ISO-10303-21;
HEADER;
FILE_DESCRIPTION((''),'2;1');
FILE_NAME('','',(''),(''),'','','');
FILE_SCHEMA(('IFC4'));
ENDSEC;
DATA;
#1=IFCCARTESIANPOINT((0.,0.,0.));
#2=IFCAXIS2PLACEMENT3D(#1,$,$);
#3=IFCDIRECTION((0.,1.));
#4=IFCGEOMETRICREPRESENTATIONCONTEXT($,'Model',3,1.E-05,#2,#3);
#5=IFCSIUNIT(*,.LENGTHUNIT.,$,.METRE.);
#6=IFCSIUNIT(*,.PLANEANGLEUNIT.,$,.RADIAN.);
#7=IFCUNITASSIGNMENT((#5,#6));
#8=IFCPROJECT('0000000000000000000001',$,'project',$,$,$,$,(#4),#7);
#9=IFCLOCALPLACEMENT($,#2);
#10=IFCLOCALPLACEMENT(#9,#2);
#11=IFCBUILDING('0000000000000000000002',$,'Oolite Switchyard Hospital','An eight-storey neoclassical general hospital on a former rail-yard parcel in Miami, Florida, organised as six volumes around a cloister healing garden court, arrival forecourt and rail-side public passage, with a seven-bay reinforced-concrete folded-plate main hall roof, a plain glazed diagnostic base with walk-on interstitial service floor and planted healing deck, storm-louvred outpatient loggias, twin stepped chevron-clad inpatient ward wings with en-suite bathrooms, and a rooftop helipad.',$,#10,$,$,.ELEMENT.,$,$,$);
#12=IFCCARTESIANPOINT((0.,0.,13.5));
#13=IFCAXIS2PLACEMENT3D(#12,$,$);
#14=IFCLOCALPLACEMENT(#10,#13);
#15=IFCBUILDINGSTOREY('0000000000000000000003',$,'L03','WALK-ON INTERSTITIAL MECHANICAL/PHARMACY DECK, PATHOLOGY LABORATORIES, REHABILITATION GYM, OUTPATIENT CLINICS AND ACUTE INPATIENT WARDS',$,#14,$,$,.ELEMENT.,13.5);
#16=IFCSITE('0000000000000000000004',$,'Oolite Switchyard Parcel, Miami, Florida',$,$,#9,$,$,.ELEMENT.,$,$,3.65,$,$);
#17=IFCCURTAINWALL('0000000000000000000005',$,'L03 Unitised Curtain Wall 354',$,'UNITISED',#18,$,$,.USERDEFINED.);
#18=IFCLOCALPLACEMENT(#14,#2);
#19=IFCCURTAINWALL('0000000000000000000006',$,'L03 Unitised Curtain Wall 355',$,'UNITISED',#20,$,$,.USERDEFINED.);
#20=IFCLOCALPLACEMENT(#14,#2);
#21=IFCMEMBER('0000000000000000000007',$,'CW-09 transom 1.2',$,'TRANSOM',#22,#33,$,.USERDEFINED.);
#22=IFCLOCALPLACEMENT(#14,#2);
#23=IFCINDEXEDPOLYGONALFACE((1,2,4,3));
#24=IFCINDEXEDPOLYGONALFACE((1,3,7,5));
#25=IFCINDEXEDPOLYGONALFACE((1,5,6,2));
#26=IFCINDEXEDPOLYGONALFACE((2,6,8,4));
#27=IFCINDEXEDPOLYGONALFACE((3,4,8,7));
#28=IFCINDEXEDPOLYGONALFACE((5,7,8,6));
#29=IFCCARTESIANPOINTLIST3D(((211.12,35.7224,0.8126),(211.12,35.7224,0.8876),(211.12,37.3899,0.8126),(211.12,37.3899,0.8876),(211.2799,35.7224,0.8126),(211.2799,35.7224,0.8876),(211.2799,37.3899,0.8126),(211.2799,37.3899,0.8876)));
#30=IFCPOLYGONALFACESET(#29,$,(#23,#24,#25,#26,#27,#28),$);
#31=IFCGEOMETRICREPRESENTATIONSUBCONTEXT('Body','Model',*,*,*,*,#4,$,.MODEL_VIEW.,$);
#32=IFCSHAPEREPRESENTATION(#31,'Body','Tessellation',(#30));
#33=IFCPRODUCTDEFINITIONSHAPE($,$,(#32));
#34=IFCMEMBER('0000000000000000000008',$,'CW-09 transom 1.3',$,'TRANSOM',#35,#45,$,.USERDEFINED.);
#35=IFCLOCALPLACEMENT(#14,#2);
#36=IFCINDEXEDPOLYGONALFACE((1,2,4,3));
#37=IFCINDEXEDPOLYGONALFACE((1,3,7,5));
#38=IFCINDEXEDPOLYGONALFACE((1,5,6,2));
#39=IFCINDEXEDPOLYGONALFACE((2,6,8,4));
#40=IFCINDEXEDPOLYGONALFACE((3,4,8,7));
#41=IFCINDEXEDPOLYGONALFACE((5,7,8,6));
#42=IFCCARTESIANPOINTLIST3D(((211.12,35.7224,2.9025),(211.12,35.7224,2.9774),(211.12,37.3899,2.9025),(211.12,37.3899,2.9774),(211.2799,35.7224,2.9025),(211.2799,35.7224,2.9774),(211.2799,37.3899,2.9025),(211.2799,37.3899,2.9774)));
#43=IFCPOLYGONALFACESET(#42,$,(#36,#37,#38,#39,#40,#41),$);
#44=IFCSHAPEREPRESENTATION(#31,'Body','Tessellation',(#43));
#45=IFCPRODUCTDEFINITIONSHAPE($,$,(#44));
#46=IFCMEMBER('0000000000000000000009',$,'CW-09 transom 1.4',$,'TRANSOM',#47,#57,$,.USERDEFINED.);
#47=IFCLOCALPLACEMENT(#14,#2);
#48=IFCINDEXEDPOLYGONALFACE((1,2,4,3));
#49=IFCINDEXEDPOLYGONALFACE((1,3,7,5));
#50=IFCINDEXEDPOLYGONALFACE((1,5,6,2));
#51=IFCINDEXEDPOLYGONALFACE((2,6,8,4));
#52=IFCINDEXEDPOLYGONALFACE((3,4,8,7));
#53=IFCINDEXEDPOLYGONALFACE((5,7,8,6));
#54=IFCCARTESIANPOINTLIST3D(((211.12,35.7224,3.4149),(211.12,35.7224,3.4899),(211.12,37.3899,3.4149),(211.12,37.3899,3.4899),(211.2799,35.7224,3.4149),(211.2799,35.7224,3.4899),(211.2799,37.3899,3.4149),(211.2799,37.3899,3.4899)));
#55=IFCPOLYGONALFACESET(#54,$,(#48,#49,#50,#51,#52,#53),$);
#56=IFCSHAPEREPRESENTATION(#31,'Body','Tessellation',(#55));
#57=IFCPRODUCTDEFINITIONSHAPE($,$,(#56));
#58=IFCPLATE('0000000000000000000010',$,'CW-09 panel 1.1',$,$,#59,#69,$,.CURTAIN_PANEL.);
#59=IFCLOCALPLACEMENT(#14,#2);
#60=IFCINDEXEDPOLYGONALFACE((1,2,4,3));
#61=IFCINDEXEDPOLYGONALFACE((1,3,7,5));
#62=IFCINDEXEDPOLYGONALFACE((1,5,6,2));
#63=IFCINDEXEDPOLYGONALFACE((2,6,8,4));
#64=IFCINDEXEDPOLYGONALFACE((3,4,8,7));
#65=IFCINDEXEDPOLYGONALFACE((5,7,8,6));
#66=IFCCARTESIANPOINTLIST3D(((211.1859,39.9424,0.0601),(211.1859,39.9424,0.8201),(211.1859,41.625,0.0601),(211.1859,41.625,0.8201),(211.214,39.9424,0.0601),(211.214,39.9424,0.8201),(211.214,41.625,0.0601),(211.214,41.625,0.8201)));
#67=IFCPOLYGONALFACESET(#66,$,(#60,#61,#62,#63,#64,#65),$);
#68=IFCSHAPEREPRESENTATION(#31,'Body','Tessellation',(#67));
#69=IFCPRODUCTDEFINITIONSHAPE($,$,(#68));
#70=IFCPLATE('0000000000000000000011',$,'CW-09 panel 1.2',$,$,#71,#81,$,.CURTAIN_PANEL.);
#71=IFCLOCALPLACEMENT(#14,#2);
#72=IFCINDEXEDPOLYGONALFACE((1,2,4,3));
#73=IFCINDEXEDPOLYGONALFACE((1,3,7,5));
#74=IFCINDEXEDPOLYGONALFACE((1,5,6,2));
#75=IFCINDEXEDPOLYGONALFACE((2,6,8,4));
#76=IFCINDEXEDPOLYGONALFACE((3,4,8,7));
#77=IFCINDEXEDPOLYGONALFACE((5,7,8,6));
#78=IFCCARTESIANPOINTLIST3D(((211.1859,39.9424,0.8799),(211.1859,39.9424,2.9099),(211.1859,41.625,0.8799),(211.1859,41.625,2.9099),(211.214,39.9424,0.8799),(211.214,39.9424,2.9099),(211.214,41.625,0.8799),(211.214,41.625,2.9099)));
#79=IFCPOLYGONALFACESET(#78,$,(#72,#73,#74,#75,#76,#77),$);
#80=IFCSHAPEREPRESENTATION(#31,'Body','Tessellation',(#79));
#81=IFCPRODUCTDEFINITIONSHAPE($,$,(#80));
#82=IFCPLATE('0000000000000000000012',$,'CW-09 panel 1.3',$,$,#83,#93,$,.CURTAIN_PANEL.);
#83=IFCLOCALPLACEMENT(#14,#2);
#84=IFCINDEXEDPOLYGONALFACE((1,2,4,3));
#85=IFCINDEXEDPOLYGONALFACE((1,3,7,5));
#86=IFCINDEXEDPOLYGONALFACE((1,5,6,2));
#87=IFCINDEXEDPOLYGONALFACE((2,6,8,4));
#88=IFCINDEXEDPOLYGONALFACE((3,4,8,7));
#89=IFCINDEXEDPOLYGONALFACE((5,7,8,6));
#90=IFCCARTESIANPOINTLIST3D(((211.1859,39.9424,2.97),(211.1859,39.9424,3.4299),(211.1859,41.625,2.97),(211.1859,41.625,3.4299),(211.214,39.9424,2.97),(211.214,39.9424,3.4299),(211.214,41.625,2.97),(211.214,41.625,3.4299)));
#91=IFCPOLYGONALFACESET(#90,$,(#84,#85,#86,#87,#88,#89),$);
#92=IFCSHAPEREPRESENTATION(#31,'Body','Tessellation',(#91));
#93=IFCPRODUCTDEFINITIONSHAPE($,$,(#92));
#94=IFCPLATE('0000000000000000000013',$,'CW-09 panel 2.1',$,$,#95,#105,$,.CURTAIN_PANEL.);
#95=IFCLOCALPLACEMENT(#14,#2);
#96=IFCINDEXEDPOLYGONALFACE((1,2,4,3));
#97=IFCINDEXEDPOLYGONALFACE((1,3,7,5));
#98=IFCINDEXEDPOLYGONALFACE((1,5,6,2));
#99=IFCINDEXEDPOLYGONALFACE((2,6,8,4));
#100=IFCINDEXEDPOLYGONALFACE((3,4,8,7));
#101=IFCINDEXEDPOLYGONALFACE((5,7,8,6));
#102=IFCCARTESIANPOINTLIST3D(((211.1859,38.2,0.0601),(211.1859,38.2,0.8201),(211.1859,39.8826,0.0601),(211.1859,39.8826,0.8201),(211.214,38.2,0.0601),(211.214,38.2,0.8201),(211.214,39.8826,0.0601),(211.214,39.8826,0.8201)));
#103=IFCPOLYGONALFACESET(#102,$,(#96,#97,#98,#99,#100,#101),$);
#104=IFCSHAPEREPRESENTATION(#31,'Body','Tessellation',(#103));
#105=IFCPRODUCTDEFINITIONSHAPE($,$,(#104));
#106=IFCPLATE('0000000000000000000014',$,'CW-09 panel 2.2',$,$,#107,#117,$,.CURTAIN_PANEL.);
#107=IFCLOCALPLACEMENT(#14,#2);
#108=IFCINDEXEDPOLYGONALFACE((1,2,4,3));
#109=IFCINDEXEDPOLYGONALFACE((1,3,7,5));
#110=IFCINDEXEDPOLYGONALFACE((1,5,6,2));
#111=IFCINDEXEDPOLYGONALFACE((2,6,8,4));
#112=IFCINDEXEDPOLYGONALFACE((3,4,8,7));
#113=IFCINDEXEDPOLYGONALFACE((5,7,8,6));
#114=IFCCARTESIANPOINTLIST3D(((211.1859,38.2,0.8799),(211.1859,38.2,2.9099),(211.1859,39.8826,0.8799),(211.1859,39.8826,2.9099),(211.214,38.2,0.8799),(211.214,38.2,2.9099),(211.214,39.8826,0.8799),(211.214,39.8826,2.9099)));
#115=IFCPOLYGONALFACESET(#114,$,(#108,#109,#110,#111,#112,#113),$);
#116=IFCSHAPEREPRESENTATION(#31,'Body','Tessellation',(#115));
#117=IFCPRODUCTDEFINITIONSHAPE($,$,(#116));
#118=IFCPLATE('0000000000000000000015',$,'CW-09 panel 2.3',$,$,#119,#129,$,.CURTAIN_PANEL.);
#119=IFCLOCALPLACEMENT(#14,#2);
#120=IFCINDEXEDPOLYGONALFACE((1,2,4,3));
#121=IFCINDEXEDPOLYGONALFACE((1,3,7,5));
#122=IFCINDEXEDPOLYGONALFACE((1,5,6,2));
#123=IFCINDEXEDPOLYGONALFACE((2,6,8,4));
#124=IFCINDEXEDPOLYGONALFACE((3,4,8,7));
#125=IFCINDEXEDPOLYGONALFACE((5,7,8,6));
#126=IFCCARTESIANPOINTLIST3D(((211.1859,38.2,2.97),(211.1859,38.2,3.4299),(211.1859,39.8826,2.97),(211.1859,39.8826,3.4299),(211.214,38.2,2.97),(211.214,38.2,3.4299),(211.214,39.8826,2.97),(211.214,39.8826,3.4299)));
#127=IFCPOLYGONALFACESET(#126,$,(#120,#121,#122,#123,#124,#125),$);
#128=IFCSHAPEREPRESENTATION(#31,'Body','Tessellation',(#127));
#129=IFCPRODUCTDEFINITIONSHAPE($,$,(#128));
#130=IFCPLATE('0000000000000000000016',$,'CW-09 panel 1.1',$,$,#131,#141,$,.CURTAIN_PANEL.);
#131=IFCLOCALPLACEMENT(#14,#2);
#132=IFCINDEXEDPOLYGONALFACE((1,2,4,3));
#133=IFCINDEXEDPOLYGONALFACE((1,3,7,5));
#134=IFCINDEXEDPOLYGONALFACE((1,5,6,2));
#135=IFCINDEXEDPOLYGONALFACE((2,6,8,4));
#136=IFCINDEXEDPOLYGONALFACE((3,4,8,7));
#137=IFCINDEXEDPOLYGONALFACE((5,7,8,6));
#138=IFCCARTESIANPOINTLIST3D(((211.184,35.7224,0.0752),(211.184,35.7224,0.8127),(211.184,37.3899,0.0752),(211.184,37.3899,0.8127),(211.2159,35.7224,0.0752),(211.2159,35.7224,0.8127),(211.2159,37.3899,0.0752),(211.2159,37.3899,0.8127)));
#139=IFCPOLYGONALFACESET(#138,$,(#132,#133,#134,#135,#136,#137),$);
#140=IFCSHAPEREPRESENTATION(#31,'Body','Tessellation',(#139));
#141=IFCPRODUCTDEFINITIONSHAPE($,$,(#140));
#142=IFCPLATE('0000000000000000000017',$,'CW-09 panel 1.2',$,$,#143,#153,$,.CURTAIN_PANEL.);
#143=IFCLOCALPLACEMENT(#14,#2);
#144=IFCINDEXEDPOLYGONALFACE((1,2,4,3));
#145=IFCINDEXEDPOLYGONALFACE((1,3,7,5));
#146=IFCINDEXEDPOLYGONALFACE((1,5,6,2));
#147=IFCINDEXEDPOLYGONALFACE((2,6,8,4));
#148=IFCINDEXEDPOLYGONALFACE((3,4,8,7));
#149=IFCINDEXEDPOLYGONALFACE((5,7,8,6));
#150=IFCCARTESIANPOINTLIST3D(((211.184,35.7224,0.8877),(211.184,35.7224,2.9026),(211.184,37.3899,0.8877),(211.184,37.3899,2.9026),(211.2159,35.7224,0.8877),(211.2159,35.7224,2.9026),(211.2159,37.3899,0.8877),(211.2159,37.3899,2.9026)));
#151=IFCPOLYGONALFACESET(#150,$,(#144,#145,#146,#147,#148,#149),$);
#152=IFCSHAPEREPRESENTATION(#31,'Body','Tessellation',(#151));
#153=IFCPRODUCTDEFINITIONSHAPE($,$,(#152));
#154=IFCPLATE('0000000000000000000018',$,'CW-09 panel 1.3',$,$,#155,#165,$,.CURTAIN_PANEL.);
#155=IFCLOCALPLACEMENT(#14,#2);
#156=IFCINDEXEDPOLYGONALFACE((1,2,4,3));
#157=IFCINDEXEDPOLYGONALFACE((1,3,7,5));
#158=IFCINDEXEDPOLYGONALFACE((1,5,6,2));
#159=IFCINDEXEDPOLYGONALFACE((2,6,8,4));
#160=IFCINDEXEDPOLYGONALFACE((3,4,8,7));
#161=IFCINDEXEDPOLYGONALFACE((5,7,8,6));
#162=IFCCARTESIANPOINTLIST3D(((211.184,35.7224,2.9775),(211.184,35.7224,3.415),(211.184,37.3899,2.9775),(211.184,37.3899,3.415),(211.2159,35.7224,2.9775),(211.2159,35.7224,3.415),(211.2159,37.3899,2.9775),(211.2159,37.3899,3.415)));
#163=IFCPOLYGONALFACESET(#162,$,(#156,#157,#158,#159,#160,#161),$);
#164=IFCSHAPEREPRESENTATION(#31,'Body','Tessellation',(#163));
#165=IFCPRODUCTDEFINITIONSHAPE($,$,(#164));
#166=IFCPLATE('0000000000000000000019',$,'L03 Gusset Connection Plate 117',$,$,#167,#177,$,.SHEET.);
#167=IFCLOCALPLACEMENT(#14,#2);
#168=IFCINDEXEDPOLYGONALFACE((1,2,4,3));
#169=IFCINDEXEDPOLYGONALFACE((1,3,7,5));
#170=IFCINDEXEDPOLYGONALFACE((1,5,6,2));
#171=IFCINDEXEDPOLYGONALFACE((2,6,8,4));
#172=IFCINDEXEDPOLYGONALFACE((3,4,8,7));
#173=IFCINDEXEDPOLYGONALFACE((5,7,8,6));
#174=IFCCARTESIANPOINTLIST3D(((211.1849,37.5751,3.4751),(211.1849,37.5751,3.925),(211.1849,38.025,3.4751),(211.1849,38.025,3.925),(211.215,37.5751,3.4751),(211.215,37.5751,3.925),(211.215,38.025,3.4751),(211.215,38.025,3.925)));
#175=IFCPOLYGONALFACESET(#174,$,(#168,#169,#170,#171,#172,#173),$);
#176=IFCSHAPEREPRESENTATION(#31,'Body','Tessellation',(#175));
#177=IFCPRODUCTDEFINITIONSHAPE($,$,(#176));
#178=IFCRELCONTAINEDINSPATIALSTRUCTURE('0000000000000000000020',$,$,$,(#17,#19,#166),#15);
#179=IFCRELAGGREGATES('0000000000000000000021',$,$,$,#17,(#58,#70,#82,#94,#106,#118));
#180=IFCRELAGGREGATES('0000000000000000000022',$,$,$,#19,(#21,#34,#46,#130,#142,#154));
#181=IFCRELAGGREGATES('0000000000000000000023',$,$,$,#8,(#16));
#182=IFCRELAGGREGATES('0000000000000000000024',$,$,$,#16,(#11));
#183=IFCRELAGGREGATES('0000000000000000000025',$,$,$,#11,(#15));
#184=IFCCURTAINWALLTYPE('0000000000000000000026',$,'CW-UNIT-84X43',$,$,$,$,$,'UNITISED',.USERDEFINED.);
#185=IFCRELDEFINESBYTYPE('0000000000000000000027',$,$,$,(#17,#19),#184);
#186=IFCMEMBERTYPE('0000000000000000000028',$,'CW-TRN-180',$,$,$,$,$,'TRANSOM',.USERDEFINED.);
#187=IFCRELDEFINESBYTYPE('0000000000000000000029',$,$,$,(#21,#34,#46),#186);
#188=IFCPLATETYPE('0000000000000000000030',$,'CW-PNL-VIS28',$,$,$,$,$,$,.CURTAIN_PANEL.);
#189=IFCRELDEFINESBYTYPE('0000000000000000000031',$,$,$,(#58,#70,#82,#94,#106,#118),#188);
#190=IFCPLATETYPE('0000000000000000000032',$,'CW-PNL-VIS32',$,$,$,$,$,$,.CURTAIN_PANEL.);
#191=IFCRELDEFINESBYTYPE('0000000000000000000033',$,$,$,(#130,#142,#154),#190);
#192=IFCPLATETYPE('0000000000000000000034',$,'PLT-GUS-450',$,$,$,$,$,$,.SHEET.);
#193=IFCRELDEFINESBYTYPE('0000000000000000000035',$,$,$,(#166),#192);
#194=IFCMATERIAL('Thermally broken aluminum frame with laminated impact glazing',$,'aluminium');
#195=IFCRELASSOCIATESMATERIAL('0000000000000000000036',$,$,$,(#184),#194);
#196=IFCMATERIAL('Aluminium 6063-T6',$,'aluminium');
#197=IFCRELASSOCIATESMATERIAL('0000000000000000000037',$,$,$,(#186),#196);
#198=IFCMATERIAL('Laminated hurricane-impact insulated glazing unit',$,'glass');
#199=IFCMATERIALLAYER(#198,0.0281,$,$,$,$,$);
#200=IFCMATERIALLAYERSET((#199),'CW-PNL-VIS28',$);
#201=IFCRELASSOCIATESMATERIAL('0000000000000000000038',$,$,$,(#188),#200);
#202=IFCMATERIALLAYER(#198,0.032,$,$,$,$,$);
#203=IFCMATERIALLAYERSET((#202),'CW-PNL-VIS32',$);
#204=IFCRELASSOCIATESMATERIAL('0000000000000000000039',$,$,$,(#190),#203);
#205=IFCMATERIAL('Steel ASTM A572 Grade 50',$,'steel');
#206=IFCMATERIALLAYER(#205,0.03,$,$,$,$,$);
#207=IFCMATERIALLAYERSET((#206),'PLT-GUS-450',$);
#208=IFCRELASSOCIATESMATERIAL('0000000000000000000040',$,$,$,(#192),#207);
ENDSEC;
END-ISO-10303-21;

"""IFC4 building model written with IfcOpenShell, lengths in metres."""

from ifc_helpers import new_model, si_unit, direction, frame, origin, origin_2d, place, context, subcontext, project, spatial, rectangle, extrude, material, layer, layer_set, material_profile, profile_set, type_object, element, aggregate, save


model = new_model("IFC4")

# Units and contexts
model_context = context("Model", 3, precision=1e-05, world=origin(), true_north=direction((0.0, 1.0)))
body_context = subcontext(model_context, "Body", "Model", "MODEL_VIEW")
ifc_project = project(units=[si_unit("LENGTHUNIT", "METRE"), si_unit("PLANEANGLEUNIT", "RADIAN")], contexts=[model_context])

# Site, building, storey
site_placement = place(None, origin())
site = spatial("IfcSite", under=ifc_project, at=site_placement, Name="Oolite Switchyard Parcel, Miami, Florida", CompositionType="ELEMENT", RefElevation=3.65)
building_placement = place(site_placement, origin())
building = spatial("IfcBuilding", under=site, at=building_placement, Name="Oolite Switchyard Hospital", Description="An eight-storey neoclassical general hospital on a former rail-yard parcel in Miami, Florida, organised as six volumes around a cloister healing garden court, arrival forecourt and rail-side public passage, with a seven-bay reinforced-concrete folded-plate main hall roof, a plain glazed diagnostic base with walk-on interstitial service floor and planted healing deck, storm-louvred outpatient loggias, twin stepped chevron-clad inpatient ward wings with en-suite bathrooms, and a rooftop helipad.", CompositionType="ELEMENT")
storey_placement = place(building_placement, frame((0.0, 0.0, 13.5)))
storey = spatial("IfcBuildingStorey", under=building, at=storey_placement, Name="L03", Description="WALK-ON INTERSTITIAL MECHANICAL/PHARMACY DECK, PATHOLOGY LABORATORIES, REHABILITATION GYM, OUTPATIENT CLINICS AND ACUTE INPATIENT WARDS", CompositionType="ELEMENT", Elevation=13.5)

# Curtain walls
ifc_material_1 = material(Name="Thermally broken aluminum frame with laminated impact glazing", Category="aluminium")
curtain_wall_type = type_object("IfcCurtainWallType", Name="CW-UNIT-84X43", ElementType="UNITISED", PredefinedType="USERDEFINED", material=ifc_material_1)
curtain_wall_1_placement = place(storey_placement, origin())
curtain_wall_1 = element("IfcCurtainWall", 1, at=curtain_wall_1_placement, inside=storey, type_object=curtain_wall_type, Name="L03 Unitised Curtain Wall 354", ObjectType="UNITISED", PredefinedType="USERDEFINED")
ifc_material_2 = material(Name="Aluminium 6063-T6", Category="aluminium")
curtain_wall_2_placement = place(storey_placement, origin())
curtain_wall_2 = element("IfcCurtainWall", 2, at=curtain_wall_2_placement, inside=storey, type_object=curtain_wall_type, Name="L03 Unitised Curtain Wall 355", ObjectType="UNITISED", PredefinedType="USERDEFINED")

# Members
ifc_material_profile_1 = material_profile(ifc_material_2, rectangle(XDim=0.1599, YDim=0.075, at=origin_2d()), Name="CWT75X160")
ifc_profile_set_1 = profile_set([ifc_material_profile_1], Name="Aluminium 6063-T6")
member_type_1 = type_object("IfcMemberType", Name="CW-TRN-180", ElementType="TRANSOM", PredefinedType="USERDEFINED", material=ifc_profile_set_1)
member_1_placement = place(storey_placement, frame((211.2, 37.3899, 0.8501), z_axis=(0.0, -1.0, 0.0), x_axis=(1.0, 0.0, 0.0)))
member_1 = element("IfcMember", 3, at=member_1_placement, type_object=member_type_1, Name="CW-09 transom 1.2", ObjectType="TRANSOM", PredefinedType="USERDEFINED", context=body_context, shape_type="SweptSolid", body=[
    extrude(rectangle(XDim=0.1599, YDim=0.075, at=origin_2d()), origin(), (0.0, 0.0, 1.0), 1.6675),
])
member_2_placement = place(storey_placement, frame((211.2, 37.3899, 2.9399), z_axis=(0.0, -1.0, 0.0), x_axis=(1.0, 0.0, 0.0)))
member_2 = element("IfcMember", 4, at=member_2_placement, type_object=member_type_1, Name="CW-09 transom 1.3", ObjectType="TRANSOM", PredefinedType="USERDEFINED", context=body_context, shape_type="SweptSolid", body=[
    extrude(rectangle(XDim=0.1599, YDim=0.075, at=origin_2d()), origin(), (0.0, 0.0, 1.0), 1.6675),
])
member_3_placement = place(storey_placement, frame((211.2, 37.3899, 3.4524), z_axis=(0.0, -1.0, 0.0), x_axis=(1.0, 0.0, 0.0)))
member_3 = element("IfcMember", 5, at=member_3_placement, type_object=member_type_1, Name="CW-09 transom 1.4", ObjectType="TRANSOM", PredefinedType="USERDEFINED", context=body_context, shape_type="SweptSolid", body=[
    extrude(rectangle(XDim=0.1599, YDim=0.075, at=origin_2d()), origin(), (0.0, 0.0, 1.0), 1.6675),
])

# Plates
ifc_material_3 = material(Name="Laminated hurricane-impact insulated glazing unit", Category="glass")
ifc_layer_1 = layer(ifc_material_3, 0.0281)
ifc_layer_set_1 = layer_set([ifc_layer_1], Name="CW-PNL-VIS28")
plate_type_1 = type_object("IfcPlateType", Name="CW-PNL-VIS28", PredefinedType="CURTAIN_PANEL", material=ifc_layer_set_1)
plate_1_placement = place(storey_placement, frame((211.2, 40.7837, 0.0601), z_axis=(0.0, 0.0, 1.0), x_axis=(0.0, -1.0, 0.0)))
plate_1 = element("IfcPlate", 6, at=plate_1_placement, type_object=plate_type_1, Name="CW-09 panel 1.1", PredefinedType="CURTAIN_PANEL", context=body_context, shape_type="SweptSolid", body=[
    extrude(rectangle(XDim=1.6826, YDim=0.0281, at=origin_2d()), origin(), (0.0, 0.0, 1.0), 0.76),
])
plate_2_placement = place(storey_placement, frame((211.2, 40.7837, 0.8799), z_axis=(0.0, 0.0, 1.0), x_axis=(0.0, -1.0, 0.0)))
plate_2 = element("IfcPlate", 7, at=plate_2_placement, type_object=plate_type_1, Name="CW-09 panel 1.2", PredefinedType="CURTAIN_PANEL", context=body_context, shape_type="SweptSolid", body=[
    extrude(rectangle(XDim=1.6826, YDim=0.0281, at=origin_2d()), origin(), (0.0, 0.0, 1.0), 2.03),
])
plate_3_placement = place(storey_placement, frame((211.2, 40.7837, 2.97), z_axis=(0.0, 0.0, 1.0), x_axis=(0.0, -1.0, 0.0)))
plate_3 = element("IfcPlate", 8, at=plate_3_placement, type_object=plate_type_1, Name="CW-09 panel 1.3", PredefinedType="CURTAIN_PANEL", context=body_context, shape_type="SweptSolid", body=[
    extrude(rectangle(XDim=1.6826, YDim=0.0281, at=origin_2d()), origin(), (0.0, 0.0, 1.0), 0.46),
])
plate_4_placement = place(storey_placement, frame((211.2, 39.0413, 0.0601), z_axis=(0.0, 0.0, 1.0), x_axis=(0.0, -1.0, 0.0)))
plate_4 = element("IfcPlate", 9, at=plate_4_placement, type_object=plate_type_1, Name="CW-09 panel 2.1", PredefinedType="CURTAIN_PANEL", context=body_context, shape_type="SweptSolid", body=[
    extrude(rectangle(XDim=1.6826, YDim=0.0281, at=origin_2d()), origin(), (0.0, 0.0, 1.0), 0.76),
])
plate_5_placement = place(storey_placement, frame((211.2, 39.0413, 0.8799), z_axis=(0.0, 0.0, 1.0), x_axis=(0.0, -1.0, 0.0)))
plate_5 = element("IfcPlate", 10, at=plate_5_placement, type_object=plate_type_1, Name="CW-09 panel 2.2", PredefinedType="CURTAIN_PANEL", context=body_context, shape_type="SweptSolid", body=[
    extrude(rectangle(XDim=1.6826, YDim=0.0281, at=origin_2d()), origin(), (0.0, 0.0, 1.0), 2.03),
])
plate_6_placement = place(storey_placement, frame((211.2, 39.0413, 2.97), z_axis=(0.0, 0.0, 1.0), x_axis=(0.0, -1.0, 0.0)))
plate_6 = element("IfcPlate", 11, at=plate_6_placement, type_object=plate_type_1, Name="CW-09 panel 2.3", PredefinedType="CURTAIN_PANEL", context=body_context, shape_type="SweptSolid", body=[
    extrude(rectangle(XDim=1.6826, YDim=0.0281, at=origin_2d()), origin(), (0.0, 0.0, 1.0), 0.46),
])
aggregate(curtain_wall_1, [plate_1, plate_2, plate_3, plate_4, plate_5, plate_6])
ifc_layer_2 = layer(ifc_material_3, 0.032)
ifc_layer_set_2 = layer_set([ifc_layer_2], Name="CW-PNL-VIS32")
plate_type_2 = type_object("IfcPlateType", Name="CW-PNL-VIS32", PredefinedType="CURTAIN_PANEL", material=ifc_layer_set_2)
plate_7_placement = place(storey_placement, frame((211.2, 36.5562, 0.0752), z_axis=(0.0, 0.0, 1.0), x_axis=(0.0, -1.0, 0.0)))
plate_7 = element("IfcPlate", 12, at=plate_7_placement, type_object=plate_type_2, Name="CW-09 panel 1.1", PredefinedType="CURTAIN_PANEL", context=body_context, shape_type="SweptSolid", body=[
    extrude(rectangle(XDim=1.6675, YDim=0.032, at=origin_2d()), origin(), (0.0, 0.0, 1.0), 0.7375),
])
plate_8_placement = place(storey_placement, frame((211.2, 36.5562, 0.8877), z_axis=(0.0, 0.0, 1.0), x_axis=(0.0, -1.0, 0.0)))
plate_8 = element("IfcPlate", 13, at=plate_8_placement, type_object=plate_type_2, Name="CW-09 panel 1.2", PredefinedType="CURTAIN_PANEL", context=body_context, shape_type="SweptSolid", body=[
    extrude(rectangle(XDim=1.6675, YDim=0.032, at=origin_2d()), origin(), (0.0, 0.0, 1.0), 2.0149),
])
plate_9_placement = place(storey_placement, frame((211.2, 36.5562, 2.9775), z_axis=(0.0, 0.0, 1.0), x_axis=(0.0, -1.0, 0.0)))
plate_9 = element("IfcPlate", 14, at=plate_9_placement, type_object=plate_type_2, Name="CW-09 panel 1.3", PredefinedType="CURTAIN_PANEL", context=body_context, shape_type="SweptSolid", body=[
    extrude(rectangle(XDim=1.6675, YDim=0.032, at=origin_2d()), origin(), (0.0, 0.0, 1.0), 0.4375),
])
aggregate(curtain_wall_2, [member_1, member_2, member_3, plate_7, plate_8, plate_9])
ifc_material_4 = material(Name="Steel ASTM A572 Grade 50", Category="steel")
ifc_layer_3 = layer(ifc_material_4, 0.03)
ifc_layer_set_3 = layer_set([ifc_layer_3], Name="PLT-GUS-450")
plate_type_3 = type_object("IfcPlateType", Name="PLT-GUS-450", PredefinedType="SHEET", material=ifc_layer_set_3)
plate_10_placement = place(storey_placement, frame((211.2, 37.8, 3.4751), z_axis=(0.0, 0.0, 1.0), x_axis=(0.0, 1.0, 0.0)))
element("IfcPlate", 15, at=plate_10_placement, inside=storey, type_object=plate_type_3, Name="L03 Gusset Connection Plate 117", PredefinedType="SHEET", context=body_context, shape_type="SweptSolid", body=[
    extrude(rectangle(XDim=0.45, YDim=0.03, at=origin_2d()), origin(), (0.0, 0.0, 1.0), 0.45),
])

save(model, "model.ifc")
